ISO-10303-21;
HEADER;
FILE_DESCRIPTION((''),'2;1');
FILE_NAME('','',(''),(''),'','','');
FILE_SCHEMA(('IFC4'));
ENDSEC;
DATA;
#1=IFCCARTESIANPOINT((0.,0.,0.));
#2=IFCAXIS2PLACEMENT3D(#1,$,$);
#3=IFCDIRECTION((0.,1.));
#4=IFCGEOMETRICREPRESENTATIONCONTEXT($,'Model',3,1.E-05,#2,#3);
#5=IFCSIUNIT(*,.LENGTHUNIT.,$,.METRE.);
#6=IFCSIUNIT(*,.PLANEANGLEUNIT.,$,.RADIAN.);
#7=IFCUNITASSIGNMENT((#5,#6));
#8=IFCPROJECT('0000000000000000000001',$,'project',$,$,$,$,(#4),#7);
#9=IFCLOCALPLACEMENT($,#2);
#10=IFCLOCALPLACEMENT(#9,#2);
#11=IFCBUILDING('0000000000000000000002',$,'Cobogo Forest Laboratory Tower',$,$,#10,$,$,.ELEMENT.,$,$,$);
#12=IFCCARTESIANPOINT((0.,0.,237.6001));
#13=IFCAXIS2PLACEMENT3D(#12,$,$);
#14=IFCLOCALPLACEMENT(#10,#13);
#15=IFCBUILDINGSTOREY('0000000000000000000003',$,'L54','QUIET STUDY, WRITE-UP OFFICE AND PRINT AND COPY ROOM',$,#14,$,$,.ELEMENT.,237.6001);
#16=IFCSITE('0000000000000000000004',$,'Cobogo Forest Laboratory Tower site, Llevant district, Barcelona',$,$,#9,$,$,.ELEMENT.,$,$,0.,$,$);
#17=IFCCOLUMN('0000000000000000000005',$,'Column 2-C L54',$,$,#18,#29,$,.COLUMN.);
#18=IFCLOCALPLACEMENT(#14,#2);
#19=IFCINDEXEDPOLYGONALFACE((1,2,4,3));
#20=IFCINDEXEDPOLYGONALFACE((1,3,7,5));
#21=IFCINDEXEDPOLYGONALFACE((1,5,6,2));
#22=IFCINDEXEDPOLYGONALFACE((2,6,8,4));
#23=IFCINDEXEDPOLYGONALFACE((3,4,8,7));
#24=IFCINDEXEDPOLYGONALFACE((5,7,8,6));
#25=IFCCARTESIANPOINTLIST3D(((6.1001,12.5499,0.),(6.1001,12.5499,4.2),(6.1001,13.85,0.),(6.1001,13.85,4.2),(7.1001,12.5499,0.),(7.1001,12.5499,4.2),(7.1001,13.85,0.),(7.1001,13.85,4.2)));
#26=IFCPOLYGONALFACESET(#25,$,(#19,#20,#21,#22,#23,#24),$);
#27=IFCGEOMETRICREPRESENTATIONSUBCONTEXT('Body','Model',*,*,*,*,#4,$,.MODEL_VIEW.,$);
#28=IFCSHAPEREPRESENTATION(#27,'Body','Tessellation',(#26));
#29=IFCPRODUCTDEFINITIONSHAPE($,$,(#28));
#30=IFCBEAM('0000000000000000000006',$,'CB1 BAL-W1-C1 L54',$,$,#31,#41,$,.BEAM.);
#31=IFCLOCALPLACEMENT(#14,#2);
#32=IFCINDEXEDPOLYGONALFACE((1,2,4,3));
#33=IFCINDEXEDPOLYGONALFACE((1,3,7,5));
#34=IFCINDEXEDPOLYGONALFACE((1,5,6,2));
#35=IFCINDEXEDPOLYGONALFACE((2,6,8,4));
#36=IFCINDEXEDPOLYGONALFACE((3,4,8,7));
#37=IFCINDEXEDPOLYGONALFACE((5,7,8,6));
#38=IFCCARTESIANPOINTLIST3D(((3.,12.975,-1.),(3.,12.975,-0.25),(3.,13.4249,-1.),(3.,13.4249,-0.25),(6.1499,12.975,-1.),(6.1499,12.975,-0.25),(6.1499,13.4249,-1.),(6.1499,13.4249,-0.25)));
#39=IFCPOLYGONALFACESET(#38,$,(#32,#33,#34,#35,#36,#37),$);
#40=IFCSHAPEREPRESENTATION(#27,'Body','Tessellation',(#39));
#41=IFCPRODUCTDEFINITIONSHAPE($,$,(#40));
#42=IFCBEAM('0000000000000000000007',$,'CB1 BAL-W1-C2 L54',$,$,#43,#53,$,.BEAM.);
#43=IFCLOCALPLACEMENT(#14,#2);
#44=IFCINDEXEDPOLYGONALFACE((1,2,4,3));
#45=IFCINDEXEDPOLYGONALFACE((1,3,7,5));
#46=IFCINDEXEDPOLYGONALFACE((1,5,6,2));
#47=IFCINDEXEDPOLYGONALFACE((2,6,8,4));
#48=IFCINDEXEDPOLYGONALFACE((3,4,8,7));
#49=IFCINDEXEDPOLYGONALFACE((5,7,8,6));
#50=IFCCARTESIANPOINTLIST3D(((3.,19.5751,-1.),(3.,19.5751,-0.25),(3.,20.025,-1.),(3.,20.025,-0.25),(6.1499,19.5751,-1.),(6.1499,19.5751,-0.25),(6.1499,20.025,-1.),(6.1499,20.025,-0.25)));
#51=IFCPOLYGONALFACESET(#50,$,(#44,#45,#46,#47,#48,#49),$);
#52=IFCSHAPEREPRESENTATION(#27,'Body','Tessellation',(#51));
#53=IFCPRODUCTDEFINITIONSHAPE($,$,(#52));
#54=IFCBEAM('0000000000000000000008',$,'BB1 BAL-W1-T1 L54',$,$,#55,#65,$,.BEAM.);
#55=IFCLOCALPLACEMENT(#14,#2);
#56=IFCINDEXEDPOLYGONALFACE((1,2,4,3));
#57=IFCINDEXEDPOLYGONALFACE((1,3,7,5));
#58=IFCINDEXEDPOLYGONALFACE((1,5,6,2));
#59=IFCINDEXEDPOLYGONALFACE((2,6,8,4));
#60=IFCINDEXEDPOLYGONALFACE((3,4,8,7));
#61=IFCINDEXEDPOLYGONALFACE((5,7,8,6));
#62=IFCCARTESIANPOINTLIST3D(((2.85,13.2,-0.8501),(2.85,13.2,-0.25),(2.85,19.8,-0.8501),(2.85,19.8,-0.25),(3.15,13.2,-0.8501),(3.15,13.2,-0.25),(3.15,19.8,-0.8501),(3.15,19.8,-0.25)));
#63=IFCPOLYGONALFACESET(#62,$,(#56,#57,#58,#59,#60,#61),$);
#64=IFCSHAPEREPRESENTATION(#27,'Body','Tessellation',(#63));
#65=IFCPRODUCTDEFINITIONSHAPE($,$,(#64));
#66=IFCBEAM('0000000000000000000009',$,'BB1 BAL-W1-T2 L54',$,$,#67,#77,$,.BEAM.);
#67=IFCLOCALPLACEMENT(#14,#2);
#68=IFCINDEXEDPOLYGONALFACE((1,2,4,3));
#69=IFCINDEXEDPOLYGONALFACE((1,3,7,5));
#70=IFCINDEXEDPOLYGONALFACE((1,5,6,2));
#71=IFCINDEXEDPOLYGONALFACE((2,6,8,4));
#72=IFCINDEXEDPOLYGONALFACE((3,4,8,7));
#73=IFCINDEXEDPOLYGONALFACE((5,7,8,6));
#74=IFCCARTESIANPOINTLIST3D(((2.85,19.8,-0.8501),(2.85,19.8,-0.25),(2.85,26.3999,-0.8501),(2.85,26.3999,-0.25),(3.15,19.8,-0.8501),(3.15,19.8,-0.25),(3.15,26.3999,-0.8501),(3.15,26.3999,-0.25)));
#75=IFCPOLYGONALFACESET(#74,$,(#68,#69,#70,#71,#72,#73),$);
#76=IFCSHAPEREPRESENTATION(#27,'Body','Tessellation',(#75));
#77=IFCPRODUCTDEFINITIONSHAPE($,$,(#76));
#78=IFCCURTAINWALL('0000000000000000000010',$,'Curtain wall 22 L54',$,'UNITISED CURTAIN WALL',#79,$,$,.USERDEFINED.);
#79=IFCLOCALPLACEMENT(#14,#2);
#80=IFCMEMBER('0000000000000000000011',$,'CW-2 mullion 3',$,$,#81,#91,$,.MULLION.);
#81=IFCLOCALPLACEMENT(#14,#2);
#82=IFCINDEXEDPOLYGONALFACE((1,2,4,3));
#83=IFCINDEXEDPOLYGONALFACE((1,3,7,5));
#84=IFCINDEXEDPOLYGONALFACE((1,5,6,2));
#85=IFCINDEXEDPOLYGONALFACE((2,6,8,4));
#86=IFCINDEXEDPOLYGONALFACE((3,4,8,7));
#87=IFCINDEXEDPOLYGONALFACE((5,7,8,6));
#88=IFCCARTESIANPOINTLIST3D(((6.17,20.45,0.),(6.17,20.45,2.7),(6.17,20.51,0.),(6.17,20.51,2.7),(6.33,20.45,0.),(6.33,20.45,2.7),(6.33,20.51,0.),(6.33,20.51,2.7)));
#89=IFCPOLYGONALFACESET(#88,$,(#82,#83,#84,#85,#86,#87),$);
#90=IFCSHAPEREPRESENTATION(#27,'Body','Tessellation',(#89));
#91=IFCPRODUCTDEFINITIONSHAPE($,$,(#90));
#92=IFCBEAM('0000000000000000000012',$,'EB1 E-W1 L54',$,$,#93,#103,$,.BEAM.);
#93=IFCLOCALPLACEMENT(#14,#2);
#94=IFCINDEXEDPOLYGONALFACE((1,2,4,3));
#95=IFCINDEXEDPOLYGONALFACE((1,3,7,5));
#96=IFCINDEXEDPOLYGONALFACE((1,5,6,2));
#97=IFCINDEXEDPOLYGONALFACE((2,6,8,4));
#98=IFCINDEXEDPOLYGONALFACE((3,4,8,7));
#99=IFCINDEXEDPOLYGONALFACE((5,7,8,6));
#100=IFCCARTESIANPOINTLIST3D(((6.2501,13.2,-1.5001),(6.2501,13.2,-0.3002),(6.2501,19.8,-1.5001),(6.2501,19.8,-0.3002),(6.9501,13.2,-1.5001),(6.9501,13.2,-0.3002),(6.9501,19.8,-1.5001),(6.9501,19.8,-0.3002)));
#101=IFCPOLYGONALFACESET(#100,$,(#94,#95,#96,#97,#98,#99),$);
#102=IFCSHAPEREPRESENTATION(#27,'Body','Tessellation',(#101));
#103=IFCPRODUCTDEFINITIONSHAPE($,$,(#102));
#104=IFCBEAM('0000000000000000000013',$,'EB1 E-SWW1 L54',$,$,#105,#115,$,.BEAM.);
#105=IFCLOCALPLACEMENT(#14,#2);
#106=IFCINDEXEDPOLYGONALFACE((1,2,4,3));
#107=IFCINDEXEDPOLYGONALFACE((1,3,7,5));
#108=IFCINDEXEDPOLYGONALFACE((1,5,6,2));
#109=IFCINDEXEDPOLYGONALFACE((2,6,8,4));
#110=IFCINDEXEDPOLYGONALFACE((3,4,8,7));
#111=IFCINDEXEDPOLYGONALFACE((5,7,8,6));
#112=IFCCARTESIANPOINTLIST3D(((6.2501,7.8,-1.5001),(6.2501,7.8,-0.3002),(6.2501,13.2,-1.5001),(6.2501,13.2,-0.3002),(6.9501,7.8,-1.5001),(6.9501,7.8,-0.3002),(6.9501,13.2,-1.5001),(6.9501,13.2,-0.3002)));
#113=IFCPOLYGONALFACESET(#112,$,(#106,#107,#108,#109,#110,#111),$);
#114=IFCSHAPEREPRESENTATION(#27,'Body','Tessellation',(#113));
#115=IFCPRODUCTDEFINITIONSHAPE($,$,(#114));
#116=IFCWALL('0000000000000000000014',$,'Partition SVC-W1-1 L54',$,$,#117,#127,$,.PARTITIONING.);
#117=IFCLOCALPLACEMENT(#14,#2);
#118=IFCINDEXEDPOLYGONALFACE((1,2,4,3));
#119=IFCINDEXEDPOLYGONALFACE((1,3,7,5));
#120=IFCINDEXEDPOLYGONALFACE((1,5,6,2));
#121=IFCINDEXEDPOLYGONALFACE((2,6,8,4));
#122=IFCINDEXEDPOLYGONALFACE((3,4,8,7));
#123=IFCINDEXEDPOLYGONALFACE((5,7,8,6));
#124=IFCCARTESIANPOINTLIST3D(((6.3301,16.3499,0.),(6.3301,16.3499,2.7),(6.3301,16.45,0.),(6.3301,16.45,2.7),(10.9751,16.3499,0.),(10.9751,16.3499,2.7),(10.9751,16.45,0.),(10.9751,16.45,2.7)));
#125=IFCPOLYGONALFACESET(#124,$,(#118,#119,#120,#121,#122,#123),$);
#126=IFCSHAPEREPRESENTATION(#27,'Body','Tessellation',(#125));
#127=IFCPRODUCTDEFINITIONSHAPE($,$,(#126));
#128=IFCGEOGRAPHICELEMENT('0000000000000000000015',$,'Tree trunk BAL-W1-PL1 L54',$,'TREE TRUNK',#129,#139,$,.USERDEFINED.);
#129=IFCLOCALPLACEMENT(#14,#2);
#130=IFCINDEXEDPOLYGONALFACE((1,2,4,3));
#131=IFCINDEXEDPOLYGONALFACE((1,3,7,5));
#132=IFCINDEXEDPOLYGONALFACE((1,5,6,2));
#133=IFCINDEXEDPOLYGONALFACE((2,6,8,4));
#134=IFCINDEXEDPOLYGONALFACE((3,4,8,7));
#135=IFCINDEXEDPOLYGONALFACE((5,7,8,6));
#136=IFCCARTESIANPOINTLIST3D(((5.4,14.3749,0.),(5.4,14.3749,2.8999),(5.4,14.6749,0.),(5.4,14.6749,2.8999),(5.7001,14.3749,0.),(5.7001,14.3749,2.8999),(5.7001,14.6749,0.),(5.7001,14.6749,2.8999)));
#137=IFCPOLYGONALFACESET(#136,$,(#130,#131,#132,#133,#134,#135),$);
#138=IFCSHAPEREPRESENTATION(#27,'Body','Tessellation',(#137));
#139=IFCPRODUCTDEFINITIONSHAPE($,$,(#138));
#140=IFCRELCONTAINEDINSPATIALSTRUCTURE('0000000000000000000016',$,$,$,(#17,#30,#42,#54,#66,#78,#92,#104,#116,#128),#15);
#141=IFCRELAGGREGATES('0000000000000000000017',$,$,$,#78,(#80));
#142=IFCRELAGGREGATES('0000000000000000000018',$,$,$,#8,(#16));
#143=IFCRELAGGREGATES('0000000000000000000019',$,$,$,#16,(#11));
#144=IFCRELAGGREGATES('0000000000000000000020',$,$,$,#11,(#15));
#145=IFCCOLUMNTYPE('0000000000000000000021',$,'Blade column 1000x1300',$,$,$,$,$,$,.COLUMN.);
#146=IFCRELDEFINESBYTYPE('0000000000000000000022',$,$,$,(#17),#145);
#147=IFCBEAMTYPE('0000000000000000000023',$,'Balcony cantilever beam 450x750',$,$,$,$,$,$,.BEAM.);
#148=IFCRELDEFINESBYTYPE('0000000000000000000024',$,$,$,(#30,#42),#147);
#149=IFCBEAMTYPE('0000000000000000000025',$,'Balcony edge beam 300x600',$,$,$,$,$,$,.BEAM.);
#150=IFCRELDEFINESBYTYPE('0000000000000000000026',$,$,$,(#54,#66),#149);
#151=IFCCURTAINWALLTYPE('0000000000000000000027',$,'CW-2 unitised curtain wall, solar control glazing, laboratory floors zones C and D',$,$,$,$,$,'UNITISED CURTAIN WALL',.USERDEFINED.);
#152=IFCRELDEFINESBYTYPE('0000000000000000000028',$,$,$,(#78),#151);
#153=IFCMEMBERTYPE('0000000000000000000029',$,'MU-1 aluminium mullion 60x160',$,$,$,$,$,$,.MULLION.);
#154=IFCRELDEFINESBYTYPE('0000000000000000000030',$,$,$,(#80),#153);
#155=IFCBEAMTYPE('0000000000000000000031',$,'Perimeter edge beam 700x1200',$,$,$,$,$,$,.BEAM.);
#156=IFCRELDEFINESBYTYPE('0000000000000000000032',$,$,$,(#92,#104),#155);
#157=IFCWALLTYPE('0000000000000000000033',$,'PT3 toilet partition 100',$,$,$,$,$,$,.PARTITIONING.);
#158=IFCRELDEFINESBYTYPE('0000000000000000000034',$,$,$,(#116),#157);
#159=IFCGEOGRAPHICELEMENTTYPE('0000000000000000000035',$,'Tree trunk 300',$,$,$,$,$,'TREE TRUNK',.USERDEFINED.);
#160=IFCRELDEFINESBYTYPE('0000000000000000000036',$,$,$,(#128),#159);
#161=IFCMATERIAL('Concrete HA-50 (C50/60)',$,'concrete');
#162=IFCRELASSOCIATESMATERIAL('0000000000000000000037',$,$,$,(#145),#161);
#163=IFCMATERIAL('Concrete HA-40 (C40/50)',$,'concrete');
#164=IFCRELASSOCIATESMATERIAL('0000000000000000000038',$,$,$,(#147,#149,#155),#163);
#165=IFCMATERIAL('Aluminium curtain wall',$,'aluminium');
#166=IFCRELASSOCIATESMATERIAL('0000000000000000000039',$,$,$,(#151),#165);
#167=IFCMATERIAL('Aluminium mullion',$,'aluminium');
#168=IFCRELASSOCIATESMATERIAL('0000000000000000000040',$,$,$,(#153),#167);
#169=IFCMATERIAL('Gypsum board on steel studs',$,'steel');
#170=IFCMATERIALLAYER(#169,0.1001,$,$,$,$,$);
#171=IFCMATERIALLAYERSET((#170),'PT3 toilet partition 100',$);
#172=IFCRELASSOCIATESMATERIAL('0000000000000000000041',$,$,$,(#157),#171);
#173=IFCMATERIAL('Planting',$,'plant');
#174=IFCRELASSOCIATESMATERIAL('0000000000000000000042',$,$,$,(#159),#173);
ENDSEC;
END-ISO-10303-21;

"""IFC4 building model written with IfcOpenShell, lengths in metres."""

from ifc_helpers import new_model, si_unit, direction, frame, frame_2d, origin, origin_2d, place, context, subcontext, project, spatial, rectangle, extrude, material, layer, layer_set, material_profile, profile_set, type_object, element, aggregate, save


model = new_model("IFC4")

# Units and contexts
model_context = context("Model", 3, precision=1e-05, world=origin(), true_north=direction((0.0, 1.0)))
body_context = subcontext(model_context, "Body", "Model", "MODEL_VIEW")
ifc_project = project(units=[si_unit("LENGTHUNIT", "METRE"), si_unit("PLANEANGLEUNIT", "RADIAN")], contexts=[model_context])

# Site, building, storey
site_placement = place(None, origin())
site = spatial("IfcSite", under=ifc_project, at=site_placement, Name="Cobogo Forest Laboratory Tower site, Llevant district, Barcelona", CompositionType="ELEMENT", RefElevation=0.0)
building_placement = place(site_placement, origin())
building = spatial("IfcBuilding", under=site, at=building_placement, Name="Cobogo Forest Laboratory Tower", CompositionType="ELEMENT")
storey_placement = place(building_placement, frame((0.0, 0.0, 237.6001)))
storey = spatial("IfcBuildingStorey", under=building, at=storey_placement, Name="L54", Description="QUIET STUDY, WRITE-UP OFFICE AND PRINT AND COPY ROOM", CompositionType="ELEMENT", Elevation=237.6001)

# Column
ifc_material_1 = material(Name="Concrete HA-50 (C50/60)", Category="concrete")
ifc_material_profile_1 = material_profile(ifc_material_1, rectangle(XDim=1.3, YDim=1.0, at=origin_2d()), Name="RC 1000x1300")
ifc_profile_set_1 = profile_set([ifc_material_profile_1], Name="Concrete HA-50 (C50/60)")
column_type = type_object("IfcColumnType", Name="Blade column 1000x1300", PredefinedType="COLUMN", material=ifc_profile_set_1)
column_placement = place(storey_placement, frame((6.6001, 13.2, 0.0), z_axis=(0.0, 0.0, 1.0), x_axis=(0.0, 1.0, 0.0)))
element("IfcColumn", 1, at=column_placement, inside=storey, type_object=column_type, Name="Column 2-C L54", PredefinedType="COLUMN", context=body_context, shape_type="SweptSolid", body=[
    extrude(rectangle(XDim=1.3, YDim=1.0, at=origin_2d()), origin(), (0.0, 0.0, 1.0), 4.2),
])

# Beams
ifc_material_2 = material(Name="Concrete HA-40 (C40/50)", Category="concrete")
ifc_material_profile_2 = material_profile(ifc_material_2, rectangle(XDim=0.45, YDim=0.75, at=origin_2d()), Name="RC 450x750")
ifc_profile_set_2 = profile_set([ifc_material_profile_2], Name="Concrete HA-40 (C40/50)")
beam_type_1 = type_object("IfcBeamType", Name="Balcony cantilever beam 450x750", PredefinedType="BEAM", material=ifc_profile_set_2)
for number, where, z_axis, x_axis, name in (
    (2, (6.1499, 13.2, -0.625), (-1.0, 0.0, 0.0), (0.0, -1.0, 0.0), "CB1 BAL-W1-C1 L54"),
    (3, (6.1499, 19.8, -0.625), (-1.0, 0.0, 0.0), (0.0, -1.0, 0.0), "CB1 BAL-W1-C2 L54"),
):
    element("IfcBeam", number, at=place(storey_placement, frame(where, z_axis=z_axis, x_axis=x_axis)), inside=storey, type_object=beam_type_1, Name=name, PredefinedType="BEAM", context=body_context, shape_type="SweptSolid", body=[
        extrude(rectangle(XDim=0.45, YDim=0.75, at=origin_2d()), origin(), (0.0, 0.0, 1.0), 3.1499),
    ])
ifc_material_profile_3 = material_profile(ifc_material_2, rectangle(XDim=0.3, YDim=0.6001, at=origin_2d()), Name="RC 300x600")
ifc_profile_set_3 = profile_set([ifc_material_profile_3], Name="Concrete HA-40 (C40/50)")
beam_type_2 = type_object("IfcBeamType", Name="Balcony edge beam 300x600", PredefinedType="BEAM", material=ifc_profile_set_3)
beam_1_placement = place(storey_placement, frame((3.0, 13.2, -0.55), z_axis=(0.0, 1.0, 0.0), x_axis=(-1.0, 0.0, 0.0)))
element("IfcBeam", 4, at=beam_1_placement, inside=storey, type_object=beam_type_2, Name="BB1 BAL-W1-T1 L54", PredefinedType="BEAM", context=body_context, shape_type="SweptSolid", body=[
    extrude(rectangle(XDim=0.3, YDim=0.6001, at=origin_2d()), origin(), (0.0, 0.0, 1.0), 6.6001),
])
beam_2_placement = place(storey_placement, frame((3.0, 19.8, -0.55), z_axis=(0.0, 1.0, 0.0), x_axis=(-1.0, 0.0, 0.0)))
element("IfcBeam", 5, at=beam_2_placement, inside=storey, type_object=beam_type_2, Name="BB1 BAL-W1-T2 L54", PredefinedType="BEAM", context=body_context, shape_type="SweptSolid", body=[
    extrude(rectangle(XDim=0.3, YDim=0.6001, at=origin_2d()), origin(), (0.0, 0.0, 1.0), 6.5999),
])

# Curtain wall, member
ifc_material_3 = material(Name="Aluminium curtain wall", Category="aluminium")
curtain_wall_type = type_object("IfcCurtainWallType", Name="CW-2 unitised curtain wall, solar control glazing, laboratory floors zones C and D", ElementType="UNITISED CURTAIN WALL", PredefinedType="USERDEFINED", material=ifc_material_3)
curtain_wall_placement = place(storey_placement, origin())
curtain_wall = element("IfcCurtainWall", 6, at=curtain_wall_placement, inside=storey, type_object=curtain_wall_type, Name="Curtain wall 22 L54", ObjectType="UNITISED CURTAIN WALL", PredefinedType="USERDEFINED")
ifc_material_4 = material(Name="Aluminium mullion", Category="aluminium")
ifc_material_profile_4 = material_profile(ifc_material_4, rectangle(XDim=0.0601, YDim=0.1599, at=origin_2d()), Name="AL 60x160")
ifc_profile_set_4 = profile_set([ifc_material_profile_4], Name="Aluminium mullion")
member_type = type_object("IfcMemberType", Name="MU-1 aluminium mullion 60x160", PredefinedType="MULLION", material=ifc_profile_set_4)
member_placement = place(storey_placement, frame((6.25, 20.48, 0.0), z_axis=(0.0, 0.0, 1.0), x_axis=(0.0, -1.0, 0.0)))
member = element("IfcMember", 7, at=member_placement, type_object=member_type, Name="CW-2 mullion 3", PredefinedType="MULLION", context=body_context, shape_type="SweptSolid", body=[
    extrude(rectangle(XDim=0.0601, YDim=0.1599, at=origin_2d()), origin(), (0.0, 0.0, 1.0), 2.7),
])
aggregate(curtain_wall, [member])

# Beams
ifc_material_profile_5 = material_profile(ifc_material_2, rectangle(XDim=0.7, YDim=1.2, at=origin_2d()), Name="RC 700x1200")
ifc_profile_set_5 = profile_set([ifc_material_profile_5], Name="Concrete HA-40 (C40/50)")
beam_type_3 = type_object("IfcBeamType", Name="Perimeter edge beam 700x1200", PredefinedType="BEAM", material=ifc_profile_set_5)
beam_3_placement = place(storey_placement, frame((6.6001, 13.2, -0.9001), z_axis=(0.0, 1.0, 0.0), x_axis=(-1.0, 0.0, 0.0)))
element("IfcBeam", 8, at=beam_3_placement, inside=storey, type_object=beam_type_3, Name="EB1 E-W1 L54", PredefinedType="BEAM", context=body_context, shape_type="SweptSolid", body=[
    extrude(rectangle(XDim=0.7, YDim=1.2, at=origin_2d()), origin(), (0.0, 0.0, 1.0), 6.6001),
])
beam_4_placement = place(storey_placement, frame((6.6001, 13.2, -0.9001), z_axis=(0.0, -1.0, 0.0), x_axis=(1.0, 0.0, 0.0)))
element("IfcBeam", 9, at=beam_4_placement, inside=storey, type_object=beam_type_3, Name="EB1 E-SWW1 L54", PredefinedType="BEAM", context=body_context, shape_type="SweptSolid", body=[
    extrude(rectangle(XDim=0.7, YDim=1.2, at=origin_2d()), origin(), (0.0, 0.0, 1.0), 5.3999),
])

# Wall
ifc_material_5 = material(Name="Gypsum board on steel studs", Category="steel")
ifc_layer_1 = layer(ifc_material_5, 0.1001)
ifc_layer_set_1 = layer_set([ifc_layer_1], Name="PT3 toilet partition 100")
wall_type_1 = type_object("IfcWallType", Name="PT3 toilet partition 100", PredefinedType="PARTITIONING", material=ifc_layer_set_1)
wall_1_placement = place(storey_placement, frame((6.3301, 16.3999, 0.0), z_axis=(0.0, 0.0, 1.0), x_axis=(1.0, 0.0, 0.0)))
element("IfcWall", 10, at=wall_1_placement, inside=storey, type_object=wall_type_1, Name="Partition SVC-W1-1 L54", PredefinedType="PARTITIONING", context=body_context, shape_type="SweptSolid", body=[
    extrude(rectangle(XDim=4.645, YDim=0.1001, at=frame_2d((2.3225, 0.0))), origin(), (0.0, 0.0, 1.0), 2.7),
])

# Geographic element
ifc_material_6 = material(Name="Planting", Category="plant")
geographic_element_type = type_object("IfcGeographicElementType", Name="Tree trunk 300", ElementType="TREE TRUNK", PredefinedType="USERDEFINED", material=ifc_material_6)
geographic_element_placement = place(storey_placement, frame((5.55, 14.5249, 0.0), z_axis=(0.0, 0.0, 1.0), x_axis=(1.0, 0.0, 0.0)))
element("IfcGeographicElement", 11, at=geographic_element_placement, inside=storey, type_object=geographic_element_type, Name="Tree trunk BAL-W1-PL1 L54", ObjectType="TREE TRUNK", PredefinedType="USERDEFINED", context=body_context, shape_type="SweptSolid", body=[
    extrude(rectangle(XDim=0.3, YDim=0.3, at=origin_2d()), origin(), (0.0, 0.0, 1.0), 2.8999),
])

save(model, "model.ifc")
